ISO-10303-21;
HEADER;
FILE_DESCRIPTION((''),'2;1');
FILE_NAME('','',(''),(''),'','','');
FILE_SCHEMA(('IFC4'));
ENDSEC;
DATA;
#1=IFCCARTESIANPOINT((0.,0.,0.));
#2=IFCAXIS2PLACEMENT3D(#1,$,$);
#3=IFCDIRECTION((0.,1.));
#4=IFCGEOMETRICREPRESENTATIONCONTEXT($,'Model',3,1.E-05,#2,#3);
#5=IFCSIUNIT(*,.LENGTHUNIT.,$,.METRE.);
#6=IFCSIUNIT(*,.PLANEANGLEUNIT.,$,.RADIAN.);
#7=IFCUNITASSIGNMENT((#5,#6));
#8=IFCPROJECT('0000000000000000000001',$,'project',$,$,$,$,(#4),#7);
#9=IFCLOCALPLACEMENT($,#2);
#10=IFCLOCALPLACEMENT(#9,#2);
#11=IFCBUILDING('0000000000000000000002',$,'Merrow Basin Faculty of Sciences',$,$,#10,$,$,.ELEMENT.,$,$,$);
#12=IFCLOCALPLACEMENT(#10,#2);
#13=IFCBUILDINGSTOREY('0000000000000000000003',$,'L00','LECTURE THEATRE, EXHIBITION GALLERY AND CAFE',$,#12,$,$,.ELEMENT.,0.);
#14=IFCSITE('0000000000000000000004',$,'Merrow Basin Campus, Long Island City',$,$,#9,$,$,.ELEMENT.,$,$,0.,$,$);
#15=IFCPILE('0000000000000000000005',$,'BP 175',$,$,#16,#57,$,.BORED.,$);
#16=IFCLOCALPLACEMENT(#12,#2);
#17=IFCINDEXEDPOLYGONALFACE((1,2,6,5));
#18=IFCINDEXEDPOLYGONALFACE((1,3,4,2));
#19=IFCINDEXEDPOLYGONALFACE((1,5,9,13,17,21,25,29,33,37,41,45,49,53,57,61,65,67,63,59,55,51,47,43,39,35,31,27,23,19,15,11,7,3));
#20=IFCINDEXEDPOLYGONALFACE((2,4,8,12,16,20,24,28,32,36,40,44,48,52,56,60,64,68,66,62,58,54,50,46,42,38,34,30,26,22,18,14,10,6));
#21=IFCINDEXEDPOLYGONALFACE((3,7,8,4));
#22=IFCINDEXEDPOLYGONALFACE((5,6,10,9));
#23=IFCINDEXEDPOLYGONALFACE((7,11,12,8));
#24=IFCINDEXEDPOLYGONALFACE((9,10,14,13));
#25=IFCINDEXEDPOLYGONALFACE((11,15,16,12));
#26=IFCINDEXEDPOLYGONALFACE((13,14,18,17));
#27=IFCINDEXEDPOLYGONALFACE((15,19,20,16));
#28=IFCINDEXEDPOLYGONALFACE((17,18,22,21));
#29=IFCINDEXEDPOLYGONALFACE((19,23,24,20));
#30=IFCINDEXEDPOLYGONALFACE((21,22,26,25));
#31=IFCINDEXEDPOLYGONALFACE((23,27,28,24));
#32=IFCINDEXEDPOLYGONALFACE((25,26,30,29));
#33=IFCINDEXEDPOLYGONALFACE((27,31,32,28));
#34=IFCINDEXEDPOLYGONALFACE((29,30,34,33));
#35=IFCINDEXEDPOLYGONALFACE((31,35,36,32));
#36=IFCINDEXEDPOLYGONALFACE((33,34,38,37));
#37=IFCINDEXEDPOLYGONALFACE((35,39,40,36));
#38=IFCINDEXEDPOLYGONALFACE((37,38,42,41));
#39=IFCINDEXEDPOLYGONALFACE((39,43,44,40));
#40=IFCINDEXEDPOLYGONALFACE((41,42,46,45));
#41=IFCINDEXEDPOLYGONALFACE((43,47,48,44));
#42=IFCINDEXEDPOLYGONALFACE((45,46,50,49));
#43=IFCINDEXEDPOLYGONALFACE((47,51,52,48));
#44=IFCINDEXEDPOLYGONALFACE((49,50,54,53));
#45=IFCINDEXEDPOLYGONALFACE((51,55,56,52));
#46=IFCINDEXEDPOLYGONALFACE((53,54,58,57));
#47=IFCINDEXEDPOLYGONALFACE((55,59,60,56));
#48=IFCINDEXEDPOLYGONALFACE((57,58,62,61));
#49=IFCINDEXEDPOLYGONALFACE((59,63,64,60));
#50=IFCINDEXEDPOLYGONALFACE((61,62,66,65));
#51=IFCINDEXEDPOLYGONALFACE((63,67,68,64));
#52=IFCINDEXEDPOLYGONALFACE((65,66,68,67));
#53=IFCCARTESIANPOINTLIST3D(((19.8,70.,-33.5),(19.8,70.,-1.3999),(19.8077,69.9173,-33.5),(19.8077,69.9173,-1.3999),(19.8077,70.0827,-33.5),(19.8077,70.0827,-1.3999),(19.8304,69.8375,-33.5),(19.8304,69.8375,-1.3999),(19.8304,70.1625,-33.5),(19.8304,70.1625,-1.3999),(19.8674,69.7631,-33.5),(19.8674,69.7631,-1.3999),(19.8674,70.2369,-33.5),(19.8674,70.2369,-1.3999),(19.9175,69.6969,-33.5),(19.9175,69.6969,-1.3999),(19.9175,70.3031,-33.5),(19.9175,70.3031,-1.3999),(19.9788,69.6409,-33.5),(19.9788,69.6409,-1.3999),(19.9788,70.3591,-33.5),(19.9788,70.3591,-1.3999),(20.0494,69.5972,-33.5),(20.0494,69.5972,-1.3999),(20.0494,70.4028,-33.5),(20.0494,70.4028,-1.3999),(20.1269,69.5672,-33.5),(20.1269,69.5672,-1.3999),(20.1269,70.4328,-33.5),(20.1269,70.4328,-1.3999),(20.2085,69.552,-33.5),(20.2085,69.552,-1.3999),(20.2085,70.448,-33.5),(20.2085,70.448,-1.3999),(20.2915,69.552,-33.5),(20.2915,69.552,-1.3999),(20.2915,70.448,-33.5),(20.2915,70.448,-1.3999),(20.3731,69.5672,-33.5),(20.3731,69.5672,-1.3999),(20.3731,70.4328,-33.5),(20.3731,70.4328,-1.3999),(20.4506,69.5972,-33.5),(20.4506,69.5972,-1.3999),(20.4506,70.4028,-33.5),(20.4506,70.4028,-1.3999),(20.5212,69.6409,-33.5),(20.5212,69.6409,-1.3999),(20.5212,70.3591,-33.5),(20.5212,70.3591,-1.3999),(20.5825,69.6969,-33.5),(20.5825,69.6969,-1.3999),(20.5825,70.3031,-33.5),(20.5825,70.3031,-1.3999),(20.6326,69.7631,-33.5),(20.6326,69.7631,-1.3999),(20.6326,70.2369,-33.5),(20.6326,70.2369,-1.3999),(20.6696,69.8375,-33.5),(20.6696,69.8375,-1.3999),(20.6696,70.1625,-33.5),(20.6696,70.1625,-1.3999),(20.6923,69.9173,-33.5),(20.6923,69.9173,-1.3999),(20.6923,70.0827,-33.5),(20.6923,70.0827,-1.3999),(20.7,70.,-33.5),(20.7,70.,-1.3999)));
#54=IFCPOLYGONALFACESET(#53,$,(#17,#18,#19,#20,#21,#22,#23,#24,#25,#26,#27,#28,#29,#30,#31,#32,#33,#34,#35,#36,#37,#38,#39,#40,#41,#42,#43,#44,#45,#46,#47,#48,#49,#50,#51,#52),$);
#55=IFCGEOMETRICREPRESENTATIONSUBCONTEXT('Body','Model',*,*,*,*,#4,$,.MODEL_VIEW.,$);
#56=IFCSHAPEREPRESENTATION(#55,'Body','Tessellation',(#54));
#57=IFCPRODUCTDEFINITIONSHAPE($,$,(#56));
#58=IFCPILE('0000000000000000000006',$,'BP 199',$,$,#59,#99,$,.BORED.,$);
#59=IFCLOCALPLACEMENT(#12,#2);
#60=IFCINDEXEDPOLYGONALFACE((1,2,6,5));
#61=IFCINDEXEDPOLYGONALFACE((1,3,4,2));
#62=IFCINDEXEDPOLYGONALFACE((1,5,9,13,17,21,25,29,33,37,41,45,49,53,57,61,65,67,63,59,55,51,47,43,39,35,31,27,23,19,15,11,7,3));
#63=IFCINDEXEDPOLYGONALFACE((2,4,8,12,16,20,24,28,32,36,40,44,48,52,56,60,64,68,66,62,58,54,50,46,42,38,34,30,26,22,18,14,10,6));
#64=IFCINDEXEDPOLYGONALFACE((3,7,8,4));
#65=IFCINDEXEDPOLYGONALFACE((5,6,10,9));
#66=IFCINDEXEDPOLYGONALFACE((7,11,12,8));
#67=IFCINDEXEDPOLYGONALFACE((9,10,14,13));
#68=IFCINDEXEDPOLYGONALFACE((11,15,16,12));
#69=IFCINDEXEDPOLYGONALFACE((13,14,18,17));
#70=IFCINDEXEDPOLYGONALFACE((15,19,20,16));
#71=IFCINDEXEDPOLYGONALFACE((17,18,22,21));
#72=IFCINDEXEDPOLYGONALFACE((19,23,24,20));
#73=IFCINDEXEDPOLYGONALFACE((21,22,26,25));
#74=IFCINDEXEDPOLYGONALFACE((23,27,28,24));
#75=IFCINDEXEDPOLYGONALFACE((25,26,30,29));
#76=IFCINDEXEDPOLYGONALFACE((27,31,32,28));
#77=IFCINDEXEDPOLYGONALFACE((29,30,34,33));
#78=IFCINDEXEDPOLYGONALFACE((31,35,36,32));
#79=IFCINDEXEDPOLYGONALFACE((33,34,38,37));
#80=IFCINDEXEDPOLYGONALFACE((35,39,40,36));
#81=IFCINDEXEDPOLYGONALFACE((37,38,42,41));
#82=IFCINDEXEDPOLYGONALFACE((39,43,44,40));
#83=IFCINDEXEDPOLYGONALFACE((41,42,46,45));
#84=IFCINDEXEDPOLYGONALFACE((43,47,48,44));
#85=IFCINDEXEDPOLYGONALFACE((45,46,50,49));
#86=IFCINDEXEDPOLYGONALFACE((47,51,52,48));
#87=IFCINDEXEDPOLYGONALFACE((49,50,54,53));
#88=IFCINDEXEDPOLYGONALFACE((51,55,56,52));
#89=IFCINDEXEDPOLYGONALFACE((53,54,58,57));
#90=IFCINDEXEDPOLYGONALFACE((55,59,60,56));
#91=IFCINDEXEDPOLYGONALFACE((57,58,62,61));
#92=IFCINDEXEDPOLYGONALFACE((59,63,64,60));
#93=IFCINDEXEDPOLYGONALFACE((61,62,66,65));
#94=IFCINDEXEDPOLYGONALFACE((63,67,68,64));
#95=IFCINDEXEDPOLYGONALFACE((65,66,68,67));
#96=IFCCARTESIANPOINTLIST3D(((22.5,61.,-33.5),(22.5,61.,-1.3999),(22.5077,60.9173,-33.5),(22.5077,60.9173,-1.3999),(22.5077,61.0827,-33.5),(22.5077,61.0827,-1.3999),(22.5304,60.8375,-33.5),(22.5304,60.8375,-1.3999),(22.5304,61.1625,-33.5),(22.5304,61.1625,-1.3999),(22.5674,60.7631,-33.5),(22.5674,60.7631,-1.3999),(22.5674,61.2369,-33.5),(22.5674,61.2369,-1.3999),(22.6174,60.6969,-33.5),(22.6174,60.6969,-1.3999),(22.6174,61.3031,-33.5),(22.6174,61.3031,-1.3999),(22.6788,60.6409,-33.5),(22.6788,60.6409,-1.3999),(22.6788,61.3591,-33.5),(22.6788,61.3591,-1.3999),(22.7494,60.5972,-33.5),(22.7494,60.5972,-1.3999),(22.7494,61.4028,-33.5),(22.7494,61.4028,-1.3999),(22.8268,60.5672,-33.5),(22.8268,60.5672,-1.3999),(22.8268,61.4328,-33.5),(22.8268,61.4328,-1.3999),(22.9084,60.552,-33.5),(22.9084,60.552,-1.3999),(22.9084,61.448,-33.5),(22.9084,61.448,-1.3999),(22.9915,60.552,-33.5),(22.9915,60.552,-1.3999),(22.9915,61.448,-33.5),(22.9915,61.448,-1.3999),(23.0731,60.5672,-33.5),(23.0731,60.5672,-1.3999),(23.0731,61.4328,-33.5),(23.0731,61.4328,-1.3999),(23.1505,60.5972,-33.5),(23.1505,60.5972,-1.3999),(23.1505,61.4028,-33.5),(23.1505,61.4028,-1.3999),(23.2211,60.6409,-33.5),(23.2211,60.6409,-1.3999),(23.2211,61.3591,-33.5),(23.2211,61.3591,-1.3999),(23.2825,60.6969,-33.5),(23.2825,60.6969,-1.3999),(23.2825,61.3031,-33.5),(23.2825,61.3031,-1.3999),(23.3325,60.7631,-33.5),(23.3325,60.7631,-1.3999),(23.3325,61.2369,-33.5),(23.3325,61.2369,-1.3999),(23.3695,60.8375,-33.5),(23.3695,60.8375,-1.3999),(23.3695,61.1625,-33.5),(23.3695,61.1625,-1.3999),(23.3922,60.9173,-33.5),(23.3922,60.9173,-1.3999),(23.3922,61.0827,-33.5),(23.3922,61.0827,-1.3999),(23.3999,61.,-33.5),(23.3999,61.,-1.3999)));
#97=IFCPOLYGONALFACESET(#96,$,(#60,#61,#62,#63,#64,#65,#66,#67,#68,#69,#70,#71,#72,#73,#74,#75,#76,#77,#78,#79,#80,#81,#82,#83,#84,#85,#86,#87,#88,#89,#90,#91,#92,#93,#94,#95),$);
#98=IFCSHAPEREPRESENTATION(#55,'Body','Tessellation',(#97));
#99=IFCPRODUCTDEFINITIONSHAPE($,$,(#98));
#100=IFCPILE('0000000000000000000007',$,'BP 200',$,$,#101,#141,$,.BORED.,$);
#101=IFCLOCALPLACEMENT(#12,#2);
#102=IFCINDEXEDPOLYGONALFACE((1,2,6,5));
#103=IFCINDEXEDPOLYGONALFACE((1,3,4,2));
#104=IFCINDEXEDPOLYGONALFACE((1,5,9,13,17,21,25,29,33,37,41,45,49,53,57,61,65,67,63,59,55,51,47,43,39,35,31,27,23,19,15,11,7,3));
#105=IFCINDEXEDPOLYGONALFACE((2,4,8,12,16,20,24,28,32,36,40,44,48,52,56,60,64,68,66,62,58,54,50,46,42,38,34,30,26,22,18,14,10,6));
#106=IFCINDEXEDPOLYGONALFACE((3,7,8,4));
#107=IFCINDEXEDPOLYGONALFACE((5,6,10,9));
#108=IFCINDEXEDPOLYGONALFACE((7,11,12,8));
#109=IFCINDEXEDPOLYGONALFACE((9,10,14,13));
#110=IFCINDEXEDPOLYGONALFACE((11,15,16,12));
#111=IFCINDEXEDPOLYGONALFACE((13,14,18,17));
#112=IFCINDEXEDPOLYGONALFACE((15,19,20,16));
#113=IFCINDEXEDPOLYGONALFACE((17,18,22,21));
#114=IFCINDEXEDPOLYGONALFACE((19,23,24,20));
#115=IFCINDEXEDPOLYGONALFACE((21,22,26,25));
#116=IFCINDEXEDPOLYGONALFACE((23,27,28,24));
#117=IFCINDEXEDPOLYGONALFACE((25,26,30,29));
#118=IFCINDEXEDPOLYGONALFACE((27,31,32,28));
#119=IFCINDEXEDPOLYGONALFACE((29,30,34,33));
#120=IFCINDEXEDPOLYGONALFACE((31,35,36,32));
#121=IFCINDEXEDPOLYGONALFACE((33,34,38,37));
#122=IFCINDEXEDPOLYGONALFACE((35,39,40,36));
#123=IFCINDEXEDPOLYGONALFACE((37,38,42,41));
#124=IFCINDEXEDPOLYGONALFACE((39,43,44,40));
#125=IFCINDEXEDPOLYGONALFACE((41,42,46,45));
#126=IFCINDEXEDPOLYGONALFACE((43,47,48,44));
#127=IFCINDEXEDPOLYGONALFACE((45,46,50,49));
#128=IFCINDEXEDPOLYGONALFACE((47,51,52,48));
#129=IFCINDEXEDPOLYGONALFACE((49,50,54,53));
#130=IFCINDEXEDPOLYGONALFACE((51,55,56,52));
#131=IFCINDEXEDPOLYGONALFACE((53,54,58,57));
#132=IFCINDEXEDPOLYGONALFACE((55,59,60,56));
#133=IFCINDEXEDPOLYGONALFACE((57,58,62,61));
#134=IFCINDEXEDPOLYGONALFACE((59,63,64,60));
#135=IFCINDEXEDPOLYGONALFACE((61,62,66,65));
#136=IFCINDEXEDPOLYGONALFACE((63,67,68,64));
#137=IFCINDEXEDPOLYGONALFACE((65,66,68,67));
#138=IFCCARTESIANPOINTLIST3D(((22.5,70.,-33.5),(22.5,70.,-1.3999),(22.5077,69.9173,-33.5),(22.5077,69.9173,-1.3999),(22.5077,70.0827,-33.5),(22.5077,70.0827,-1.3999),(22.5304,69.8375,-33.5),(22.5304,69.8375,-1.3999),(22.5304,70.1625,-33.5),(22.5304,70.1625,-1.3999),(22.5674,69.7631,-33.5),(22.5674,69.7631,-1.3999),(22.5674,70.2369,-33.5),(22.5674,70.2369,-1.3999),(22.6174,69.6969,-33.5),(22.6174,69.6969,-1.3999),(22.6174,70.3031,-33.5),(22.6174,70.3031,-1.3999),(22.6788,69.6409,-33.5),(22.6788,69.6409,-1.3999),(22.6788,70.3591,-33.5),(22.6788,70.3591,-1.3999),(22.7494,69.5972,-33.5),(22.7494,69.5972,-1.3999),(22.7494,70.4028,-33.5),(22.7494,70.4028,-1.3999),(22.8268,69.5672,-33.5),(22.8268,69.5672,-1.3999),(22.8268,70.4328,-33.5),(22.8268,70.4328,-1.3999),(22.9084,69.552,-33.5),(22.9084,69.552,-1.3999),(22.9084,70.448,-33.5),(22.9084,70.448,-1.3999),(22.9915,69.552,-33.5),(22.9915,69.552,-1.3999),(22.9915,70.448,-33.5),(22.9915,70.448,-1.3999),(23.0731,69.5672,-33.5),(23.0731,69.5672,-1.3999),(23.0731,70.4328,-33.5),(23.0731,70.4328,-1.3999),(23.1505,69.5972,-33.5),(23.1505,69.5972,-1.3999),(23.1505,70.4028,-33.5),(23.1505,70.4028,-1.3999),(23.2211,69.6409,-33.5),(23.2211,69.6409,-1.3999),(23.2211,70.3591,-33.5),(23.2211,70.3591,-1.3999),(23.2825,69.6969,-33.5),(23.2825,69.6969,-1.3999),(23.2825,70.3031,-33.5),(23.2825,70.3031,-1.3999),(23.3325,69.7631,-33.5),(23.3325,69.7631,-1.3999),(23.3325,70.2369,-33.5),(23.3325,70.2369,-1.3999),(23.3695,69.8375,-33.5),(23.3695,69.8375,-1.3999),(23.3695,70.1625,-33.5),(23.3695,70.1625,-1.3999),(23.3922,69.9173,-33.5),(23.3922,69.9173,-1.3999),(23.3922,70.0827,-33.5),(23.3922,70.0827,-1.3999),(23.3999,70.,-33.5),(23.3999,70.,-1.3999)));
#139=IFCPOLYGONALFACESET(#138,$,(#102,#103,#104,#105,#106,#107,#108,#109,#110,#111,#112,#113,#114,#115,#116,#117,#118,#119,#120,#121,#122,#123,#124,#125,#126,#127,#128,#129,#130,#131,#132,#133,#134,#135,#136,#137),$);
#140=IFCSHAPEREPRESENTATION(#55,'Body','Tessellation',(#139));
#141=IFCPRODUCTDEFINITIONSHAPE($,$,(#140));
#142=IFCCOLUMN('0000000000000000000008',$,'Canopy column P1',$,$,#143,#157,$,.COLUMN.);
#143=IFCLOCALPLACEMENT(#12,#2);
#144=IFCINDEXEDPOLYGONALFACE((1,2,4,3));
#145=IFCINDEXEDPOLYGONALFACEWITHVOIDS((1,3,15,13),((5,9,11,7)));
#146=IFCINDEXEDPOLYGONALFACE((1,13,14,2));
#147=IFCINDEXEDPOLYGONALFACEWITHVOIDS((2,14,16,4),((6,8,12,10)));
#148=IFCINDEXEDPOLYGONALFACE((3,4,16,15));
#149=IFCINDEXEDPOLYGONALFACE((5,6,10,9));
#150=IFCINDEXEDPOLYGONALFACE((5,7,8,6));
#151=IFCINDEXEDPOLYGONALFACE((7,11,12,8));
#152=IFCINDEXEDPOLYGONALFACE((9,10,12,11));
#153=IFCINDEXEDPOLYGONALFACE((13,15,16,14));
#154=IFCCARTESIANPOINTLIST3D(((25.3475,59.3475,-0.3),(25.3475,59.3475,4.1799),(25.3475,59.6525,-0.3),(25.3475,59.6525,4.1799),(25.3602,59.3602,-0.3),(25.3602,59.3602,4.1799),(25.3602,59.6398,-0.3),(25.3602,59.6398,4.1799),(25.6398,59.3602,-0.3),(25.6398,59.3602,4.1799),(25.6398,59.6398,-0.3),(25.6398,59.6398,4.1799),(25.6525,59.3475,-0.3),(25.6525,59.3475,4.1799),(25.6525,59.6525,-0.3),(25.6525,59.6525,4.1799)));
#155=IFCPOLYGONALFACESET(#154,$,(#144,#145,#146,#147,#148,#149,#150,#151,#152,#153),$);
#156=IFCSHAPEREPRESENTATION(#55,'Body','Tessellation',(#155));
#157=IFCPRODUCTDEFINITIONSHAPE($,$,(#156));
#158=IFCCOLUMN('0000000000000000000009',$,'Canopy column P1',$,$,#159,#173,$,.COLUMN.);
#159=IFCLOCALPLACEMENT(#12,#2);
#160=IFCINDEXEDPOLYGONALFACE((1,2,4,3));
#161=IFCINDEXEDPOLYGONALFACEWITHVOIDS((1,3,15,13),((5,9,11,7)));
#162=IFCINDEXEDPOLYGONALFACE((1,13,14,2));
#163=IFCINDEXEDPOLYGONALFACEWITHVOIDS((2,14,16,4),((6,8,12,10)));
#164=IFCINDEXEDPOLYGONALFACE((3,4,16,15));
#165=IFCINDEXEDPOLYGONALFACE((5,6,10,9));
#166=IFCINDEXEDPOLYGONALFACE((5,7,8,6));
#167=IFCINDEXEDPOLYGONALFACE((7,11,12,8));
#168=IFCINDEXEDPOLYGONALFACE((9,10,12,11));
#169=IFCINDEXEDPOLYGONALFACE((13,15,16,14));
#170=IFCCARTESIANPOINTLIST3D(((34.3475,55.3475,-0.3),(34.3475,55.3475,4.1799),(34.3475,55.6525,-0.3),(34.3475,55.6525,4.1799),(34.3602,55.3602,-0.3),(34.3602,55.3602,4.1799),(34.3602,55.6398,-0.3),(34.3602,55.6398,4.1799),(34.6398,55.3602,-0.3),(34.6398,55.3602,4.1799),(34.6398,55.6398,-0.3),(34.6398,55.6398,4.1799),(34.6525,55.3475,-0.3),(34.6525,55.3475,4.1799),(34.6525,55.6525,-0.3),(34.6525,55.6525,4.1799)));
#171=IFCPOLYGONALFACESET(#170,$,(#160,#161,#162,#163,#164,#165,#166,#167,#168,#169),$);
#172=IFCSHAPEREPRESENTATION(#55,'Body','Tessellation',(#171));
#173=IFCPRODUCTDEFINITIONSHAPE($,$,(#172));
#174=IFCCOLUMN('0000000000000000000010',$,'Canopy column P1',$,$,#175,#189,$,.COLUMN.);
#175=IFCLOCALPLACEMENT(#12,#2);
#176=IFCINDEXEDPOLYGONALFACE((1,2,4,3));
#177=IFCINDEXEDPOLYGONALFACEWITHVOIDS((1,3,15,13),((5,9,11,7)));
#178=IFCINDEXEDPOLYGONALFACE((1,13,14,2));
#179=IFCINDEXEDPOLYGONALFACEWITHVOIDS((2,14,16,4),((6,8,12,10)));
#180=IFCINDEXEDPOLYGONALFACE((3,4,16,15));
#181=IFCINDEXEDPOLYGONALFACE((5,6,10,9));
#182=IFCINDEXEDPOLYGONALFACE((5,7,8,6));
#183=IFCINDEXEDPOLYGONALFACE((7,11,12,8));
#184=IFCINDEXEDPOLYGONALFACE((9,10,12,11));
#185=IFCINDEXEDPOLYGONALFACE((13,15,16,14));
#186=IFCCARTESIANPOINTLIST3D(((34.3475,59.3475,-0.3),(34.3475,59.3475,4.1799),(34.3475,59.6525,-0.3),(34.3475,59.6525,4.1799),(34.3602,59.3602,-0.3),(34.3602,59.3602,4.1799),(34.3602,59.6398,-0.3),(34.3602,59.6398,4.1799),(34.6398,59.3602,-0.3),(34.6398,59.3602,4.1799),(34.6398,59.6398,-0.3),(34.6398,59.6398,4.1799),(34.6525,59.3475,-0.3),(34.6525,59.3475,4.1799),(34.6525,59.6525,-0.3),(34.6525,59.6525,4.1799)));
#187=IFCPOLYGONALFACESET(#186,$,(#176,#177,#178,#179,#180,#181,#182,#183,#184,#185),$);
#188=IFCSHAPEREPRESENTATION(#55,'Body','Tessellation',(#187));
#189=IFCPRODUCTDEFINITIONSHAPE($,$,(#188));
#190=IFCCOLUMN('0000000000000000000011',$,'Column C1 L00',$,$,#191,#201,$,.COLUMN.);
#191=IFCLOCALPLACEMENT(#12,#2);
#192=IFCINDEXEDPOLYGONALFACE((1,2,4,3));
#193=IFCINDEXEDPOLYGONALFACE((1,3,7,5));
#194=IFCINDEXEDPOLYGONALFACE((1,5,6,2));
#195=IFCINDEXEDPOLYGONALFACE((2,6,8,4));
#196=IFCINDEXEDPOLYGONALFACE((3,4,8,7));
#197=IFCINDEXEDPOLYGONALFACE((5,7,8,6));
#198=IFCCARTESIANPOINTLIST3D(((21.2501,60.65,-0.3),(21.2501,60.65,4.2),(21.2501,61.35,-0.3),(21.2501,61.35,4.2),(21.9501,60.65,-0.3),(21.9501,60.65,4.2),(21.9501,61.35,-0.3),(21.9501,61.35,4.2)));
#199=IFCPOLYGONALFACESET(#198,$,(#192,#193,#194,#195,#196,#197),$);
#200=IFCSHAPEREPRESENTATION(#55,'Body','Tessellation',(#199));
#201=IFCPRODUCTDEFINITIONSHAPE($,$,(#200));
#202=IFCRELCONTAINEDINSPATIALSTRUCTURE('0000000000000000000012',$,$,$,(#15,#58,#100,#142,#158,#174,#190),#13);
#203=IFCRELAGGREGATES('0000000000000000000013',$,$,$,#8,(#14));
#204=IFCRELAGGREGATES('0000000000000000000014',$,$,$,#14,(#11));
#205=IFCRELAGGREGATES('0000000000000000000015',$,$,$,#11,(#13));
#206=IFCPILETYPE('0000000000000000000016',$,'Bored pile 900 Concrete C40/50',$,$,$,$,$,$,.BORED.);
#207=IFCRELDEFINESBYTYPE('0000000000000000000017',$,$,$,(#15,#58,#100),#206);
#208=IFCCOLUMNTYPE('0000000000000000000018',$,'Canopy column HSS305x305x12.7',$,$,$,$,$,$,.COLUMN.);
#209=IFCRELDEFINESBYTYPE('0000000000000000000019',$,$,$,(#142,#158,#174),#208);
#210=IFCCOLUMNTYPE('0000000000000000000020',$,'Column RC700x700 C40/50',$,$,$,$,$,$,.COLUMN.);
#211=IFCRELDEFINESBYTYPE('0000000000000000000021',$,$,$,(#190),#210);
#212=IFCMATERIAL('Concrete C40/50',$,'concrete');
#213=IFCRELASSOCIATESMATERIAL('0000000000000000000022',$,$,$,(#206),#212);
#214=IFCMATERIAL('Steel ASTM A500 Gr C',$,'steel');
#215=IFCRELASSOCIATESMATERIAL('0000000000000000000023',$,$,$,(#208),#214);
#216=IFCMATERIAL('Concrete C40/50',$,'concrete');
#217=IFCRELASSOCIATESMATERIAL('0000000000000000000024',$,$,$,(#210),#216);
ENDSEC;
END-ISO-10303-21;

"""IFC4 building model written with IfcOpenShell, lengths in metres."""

from ifc_helpers import new_model, si_unit, direction, frame, origin, origin_2d, place, context, subcontext, project, spatial, rectangle, hollow_rectangle, circle, extrude, material, material_profile, profile_set, type_object, element, save


model = new_model("IFC4")

# Units and contexts
model_context = context("Model", 3, precision=1e-05, world=origin(), true_north=direction((0.0, 1.0)))
body_context = subcontext(model_context, "Body", "Model", "MODEL_VIEW")
ifc_project = project(units=[si_unit("LENGTHUNIT", "METRE"), si_unit("PLANEANGLEUNIT", "RADIAN")], contexts=[model_context])

# Site, building, storey
site_placement = place(None, origin())
site = spatial("IfcSite", under=ifc_project, at=site_placement, Name="Merrow Basin Campus, Long Island City", CompositionType="ELEMENT", RefElevation=0.0)
building_placement = place(site_placement, origin())
building = spatial("IfcBuilding", under=site, at=building_placement, Name="Merrow Basin Faculty of Sciences", CompositionType="ELEMENT")
storey_placement = place(building_placement, origin())
storey = spatial("IfcBuildingStorey", under=building, at=storey_placement, Name="L00", Description="LECTURE THEATRE, EXHIBITION GALLERY AND CAFE", CompositionType="ELEMENT", Elevation=0.0)

# Piles
ifc_material_1 = material(Name="Concrete C40/50", Category="concrete")
ifc_material_profile_1 = material_profile(ifc_material_1, circle(Radius=0.45, at=origin_2d()))
ifc_profile_set_1 = profile_set([ifc_material_profile_1], Name="Concrete C40/50")
pile_type_1 = type_object("IfcPileType", Name="Bored pile 900 Concrete C40/50", PredefinedType="BORED", material=ifc_profile_set_1)
for number, where, z_axis, x_axis, name in (
    (1, (20.25, 70.0, -1.3999), (0.0, 0.0, -1.0), (1.0, 0.0, 0.0), "BP 175"),
    (2, (22.95, 61.0, -1.3999), (0.0, 0.0, -1.0), (1.0, 0.0, 0.0), "BP 199"),
    (3, (22.95, 70.0, -1.3999), (0.0, 0.0, -1.0), (1.0, 0.0, 0.0), "BP 200"),
):
    element("IfcPile", number, at=place(storey_placement, frame(where, z_axis=z_axis, x_axis=x_axis)), inside=storey, type_object=pile_type_1, Name=name, PredefinedType="BORED", context=body_context, shape_type="SweptSolid", body=[
        extrude(circle(Radius=0.45, at=origin_2d()), origin(), (0.0, 0.0, 1.0), 32.1001),
    ])

# Columns
ifc_material_2 = material(Name="Steel ASTM A500 Gr C", Category="steel")
ifc_material_profile_2 = material_profile(ifc_material_2, hollow_rectangle(XDim=0.3049, YDim=0.3049, WallThickness=0.0127, at=origin_2d()))
ifc_profile_set_2 = profile_set([ifc_material_profile_2], Name="Steel ASTM A500 Gr C")
column_type_1 = type_object("IfcColumnType", Name="Canopy column HSS305x305x12.7", PredefinedType="COLUMN", material=ifc_profile_set_2)
for number, where, z_axis, x_axis, name in (
    (4, (25.5, 59.5, -0.3), (0.0, 0.0, 1.0), (1.0, 0.0, 0.0), "Canopy column P1"),
    (5, (34.5, 55.5, -0.3), (0.0, 0.0, 1.0), (1.0, 0.0, 0.0), "Canopy column P1"),
    (6, (34.5, 59.5, -0.3), (0.0, 0.0, 1.0), (1.0, 0.0, 0.0), "Canopy column P1"),
):
    element("IfcColumn", number, at=place(storey_placement, frame(where, z_axis=z_axis, x_axis=x_axis)), inside=storey, type_object=column_type_1, Name=name, PredefinedType="COLUMN", context=body_context, shape_type="SweptSolid", body=[
        extrude(hollow_rectangle(XDim=0.3049, YDim=0.3049, WallThickness=0.0127, at=origin_2d()), origin(), (0.0, 0.0, 1.0), 4.48),
    ])
ifc_material_3 = material(Name="Concrete C40/50", Category="concrete")
ifc_material_profile_3 = material_profile(ifc_material_3, rectangle(XDim=0.7, YDim=0.7, at=origin_2d()))
ifc_profile_set_3 = profile_set([ifc_material_profile_3], Name="Concrete C40/50")
column_type_2 = type_object("IfcColumnType", Name="Column RC700x700 C40/50", PredefinedType="COLUMN", material=ifc_profile_set_3)
for number, where, z_axis, x_axis, name in (
    (7, (21.6001, 61.0, -0.3), (0.0, 0.0, 1.0), (1.0, 0.0, 0.0), "Column C1 L00"),
):
    element("IfcColumn", number, at=place(storey_placement, frame(where, z_axis=z_axis, x_axis=x_axis)), inside=storey, type_object=column_type_2, Name=name, PredefinedType="COLUMN", context=body_context, shape_type="SweptSolid", body=[
        extrude(rectangle(XDim=0.7, YDim=0.7, at=origin_2d()), origin(), (0.0, 0.0, 1.0), 4.5),
    ])

save(model, "model.ifc")
